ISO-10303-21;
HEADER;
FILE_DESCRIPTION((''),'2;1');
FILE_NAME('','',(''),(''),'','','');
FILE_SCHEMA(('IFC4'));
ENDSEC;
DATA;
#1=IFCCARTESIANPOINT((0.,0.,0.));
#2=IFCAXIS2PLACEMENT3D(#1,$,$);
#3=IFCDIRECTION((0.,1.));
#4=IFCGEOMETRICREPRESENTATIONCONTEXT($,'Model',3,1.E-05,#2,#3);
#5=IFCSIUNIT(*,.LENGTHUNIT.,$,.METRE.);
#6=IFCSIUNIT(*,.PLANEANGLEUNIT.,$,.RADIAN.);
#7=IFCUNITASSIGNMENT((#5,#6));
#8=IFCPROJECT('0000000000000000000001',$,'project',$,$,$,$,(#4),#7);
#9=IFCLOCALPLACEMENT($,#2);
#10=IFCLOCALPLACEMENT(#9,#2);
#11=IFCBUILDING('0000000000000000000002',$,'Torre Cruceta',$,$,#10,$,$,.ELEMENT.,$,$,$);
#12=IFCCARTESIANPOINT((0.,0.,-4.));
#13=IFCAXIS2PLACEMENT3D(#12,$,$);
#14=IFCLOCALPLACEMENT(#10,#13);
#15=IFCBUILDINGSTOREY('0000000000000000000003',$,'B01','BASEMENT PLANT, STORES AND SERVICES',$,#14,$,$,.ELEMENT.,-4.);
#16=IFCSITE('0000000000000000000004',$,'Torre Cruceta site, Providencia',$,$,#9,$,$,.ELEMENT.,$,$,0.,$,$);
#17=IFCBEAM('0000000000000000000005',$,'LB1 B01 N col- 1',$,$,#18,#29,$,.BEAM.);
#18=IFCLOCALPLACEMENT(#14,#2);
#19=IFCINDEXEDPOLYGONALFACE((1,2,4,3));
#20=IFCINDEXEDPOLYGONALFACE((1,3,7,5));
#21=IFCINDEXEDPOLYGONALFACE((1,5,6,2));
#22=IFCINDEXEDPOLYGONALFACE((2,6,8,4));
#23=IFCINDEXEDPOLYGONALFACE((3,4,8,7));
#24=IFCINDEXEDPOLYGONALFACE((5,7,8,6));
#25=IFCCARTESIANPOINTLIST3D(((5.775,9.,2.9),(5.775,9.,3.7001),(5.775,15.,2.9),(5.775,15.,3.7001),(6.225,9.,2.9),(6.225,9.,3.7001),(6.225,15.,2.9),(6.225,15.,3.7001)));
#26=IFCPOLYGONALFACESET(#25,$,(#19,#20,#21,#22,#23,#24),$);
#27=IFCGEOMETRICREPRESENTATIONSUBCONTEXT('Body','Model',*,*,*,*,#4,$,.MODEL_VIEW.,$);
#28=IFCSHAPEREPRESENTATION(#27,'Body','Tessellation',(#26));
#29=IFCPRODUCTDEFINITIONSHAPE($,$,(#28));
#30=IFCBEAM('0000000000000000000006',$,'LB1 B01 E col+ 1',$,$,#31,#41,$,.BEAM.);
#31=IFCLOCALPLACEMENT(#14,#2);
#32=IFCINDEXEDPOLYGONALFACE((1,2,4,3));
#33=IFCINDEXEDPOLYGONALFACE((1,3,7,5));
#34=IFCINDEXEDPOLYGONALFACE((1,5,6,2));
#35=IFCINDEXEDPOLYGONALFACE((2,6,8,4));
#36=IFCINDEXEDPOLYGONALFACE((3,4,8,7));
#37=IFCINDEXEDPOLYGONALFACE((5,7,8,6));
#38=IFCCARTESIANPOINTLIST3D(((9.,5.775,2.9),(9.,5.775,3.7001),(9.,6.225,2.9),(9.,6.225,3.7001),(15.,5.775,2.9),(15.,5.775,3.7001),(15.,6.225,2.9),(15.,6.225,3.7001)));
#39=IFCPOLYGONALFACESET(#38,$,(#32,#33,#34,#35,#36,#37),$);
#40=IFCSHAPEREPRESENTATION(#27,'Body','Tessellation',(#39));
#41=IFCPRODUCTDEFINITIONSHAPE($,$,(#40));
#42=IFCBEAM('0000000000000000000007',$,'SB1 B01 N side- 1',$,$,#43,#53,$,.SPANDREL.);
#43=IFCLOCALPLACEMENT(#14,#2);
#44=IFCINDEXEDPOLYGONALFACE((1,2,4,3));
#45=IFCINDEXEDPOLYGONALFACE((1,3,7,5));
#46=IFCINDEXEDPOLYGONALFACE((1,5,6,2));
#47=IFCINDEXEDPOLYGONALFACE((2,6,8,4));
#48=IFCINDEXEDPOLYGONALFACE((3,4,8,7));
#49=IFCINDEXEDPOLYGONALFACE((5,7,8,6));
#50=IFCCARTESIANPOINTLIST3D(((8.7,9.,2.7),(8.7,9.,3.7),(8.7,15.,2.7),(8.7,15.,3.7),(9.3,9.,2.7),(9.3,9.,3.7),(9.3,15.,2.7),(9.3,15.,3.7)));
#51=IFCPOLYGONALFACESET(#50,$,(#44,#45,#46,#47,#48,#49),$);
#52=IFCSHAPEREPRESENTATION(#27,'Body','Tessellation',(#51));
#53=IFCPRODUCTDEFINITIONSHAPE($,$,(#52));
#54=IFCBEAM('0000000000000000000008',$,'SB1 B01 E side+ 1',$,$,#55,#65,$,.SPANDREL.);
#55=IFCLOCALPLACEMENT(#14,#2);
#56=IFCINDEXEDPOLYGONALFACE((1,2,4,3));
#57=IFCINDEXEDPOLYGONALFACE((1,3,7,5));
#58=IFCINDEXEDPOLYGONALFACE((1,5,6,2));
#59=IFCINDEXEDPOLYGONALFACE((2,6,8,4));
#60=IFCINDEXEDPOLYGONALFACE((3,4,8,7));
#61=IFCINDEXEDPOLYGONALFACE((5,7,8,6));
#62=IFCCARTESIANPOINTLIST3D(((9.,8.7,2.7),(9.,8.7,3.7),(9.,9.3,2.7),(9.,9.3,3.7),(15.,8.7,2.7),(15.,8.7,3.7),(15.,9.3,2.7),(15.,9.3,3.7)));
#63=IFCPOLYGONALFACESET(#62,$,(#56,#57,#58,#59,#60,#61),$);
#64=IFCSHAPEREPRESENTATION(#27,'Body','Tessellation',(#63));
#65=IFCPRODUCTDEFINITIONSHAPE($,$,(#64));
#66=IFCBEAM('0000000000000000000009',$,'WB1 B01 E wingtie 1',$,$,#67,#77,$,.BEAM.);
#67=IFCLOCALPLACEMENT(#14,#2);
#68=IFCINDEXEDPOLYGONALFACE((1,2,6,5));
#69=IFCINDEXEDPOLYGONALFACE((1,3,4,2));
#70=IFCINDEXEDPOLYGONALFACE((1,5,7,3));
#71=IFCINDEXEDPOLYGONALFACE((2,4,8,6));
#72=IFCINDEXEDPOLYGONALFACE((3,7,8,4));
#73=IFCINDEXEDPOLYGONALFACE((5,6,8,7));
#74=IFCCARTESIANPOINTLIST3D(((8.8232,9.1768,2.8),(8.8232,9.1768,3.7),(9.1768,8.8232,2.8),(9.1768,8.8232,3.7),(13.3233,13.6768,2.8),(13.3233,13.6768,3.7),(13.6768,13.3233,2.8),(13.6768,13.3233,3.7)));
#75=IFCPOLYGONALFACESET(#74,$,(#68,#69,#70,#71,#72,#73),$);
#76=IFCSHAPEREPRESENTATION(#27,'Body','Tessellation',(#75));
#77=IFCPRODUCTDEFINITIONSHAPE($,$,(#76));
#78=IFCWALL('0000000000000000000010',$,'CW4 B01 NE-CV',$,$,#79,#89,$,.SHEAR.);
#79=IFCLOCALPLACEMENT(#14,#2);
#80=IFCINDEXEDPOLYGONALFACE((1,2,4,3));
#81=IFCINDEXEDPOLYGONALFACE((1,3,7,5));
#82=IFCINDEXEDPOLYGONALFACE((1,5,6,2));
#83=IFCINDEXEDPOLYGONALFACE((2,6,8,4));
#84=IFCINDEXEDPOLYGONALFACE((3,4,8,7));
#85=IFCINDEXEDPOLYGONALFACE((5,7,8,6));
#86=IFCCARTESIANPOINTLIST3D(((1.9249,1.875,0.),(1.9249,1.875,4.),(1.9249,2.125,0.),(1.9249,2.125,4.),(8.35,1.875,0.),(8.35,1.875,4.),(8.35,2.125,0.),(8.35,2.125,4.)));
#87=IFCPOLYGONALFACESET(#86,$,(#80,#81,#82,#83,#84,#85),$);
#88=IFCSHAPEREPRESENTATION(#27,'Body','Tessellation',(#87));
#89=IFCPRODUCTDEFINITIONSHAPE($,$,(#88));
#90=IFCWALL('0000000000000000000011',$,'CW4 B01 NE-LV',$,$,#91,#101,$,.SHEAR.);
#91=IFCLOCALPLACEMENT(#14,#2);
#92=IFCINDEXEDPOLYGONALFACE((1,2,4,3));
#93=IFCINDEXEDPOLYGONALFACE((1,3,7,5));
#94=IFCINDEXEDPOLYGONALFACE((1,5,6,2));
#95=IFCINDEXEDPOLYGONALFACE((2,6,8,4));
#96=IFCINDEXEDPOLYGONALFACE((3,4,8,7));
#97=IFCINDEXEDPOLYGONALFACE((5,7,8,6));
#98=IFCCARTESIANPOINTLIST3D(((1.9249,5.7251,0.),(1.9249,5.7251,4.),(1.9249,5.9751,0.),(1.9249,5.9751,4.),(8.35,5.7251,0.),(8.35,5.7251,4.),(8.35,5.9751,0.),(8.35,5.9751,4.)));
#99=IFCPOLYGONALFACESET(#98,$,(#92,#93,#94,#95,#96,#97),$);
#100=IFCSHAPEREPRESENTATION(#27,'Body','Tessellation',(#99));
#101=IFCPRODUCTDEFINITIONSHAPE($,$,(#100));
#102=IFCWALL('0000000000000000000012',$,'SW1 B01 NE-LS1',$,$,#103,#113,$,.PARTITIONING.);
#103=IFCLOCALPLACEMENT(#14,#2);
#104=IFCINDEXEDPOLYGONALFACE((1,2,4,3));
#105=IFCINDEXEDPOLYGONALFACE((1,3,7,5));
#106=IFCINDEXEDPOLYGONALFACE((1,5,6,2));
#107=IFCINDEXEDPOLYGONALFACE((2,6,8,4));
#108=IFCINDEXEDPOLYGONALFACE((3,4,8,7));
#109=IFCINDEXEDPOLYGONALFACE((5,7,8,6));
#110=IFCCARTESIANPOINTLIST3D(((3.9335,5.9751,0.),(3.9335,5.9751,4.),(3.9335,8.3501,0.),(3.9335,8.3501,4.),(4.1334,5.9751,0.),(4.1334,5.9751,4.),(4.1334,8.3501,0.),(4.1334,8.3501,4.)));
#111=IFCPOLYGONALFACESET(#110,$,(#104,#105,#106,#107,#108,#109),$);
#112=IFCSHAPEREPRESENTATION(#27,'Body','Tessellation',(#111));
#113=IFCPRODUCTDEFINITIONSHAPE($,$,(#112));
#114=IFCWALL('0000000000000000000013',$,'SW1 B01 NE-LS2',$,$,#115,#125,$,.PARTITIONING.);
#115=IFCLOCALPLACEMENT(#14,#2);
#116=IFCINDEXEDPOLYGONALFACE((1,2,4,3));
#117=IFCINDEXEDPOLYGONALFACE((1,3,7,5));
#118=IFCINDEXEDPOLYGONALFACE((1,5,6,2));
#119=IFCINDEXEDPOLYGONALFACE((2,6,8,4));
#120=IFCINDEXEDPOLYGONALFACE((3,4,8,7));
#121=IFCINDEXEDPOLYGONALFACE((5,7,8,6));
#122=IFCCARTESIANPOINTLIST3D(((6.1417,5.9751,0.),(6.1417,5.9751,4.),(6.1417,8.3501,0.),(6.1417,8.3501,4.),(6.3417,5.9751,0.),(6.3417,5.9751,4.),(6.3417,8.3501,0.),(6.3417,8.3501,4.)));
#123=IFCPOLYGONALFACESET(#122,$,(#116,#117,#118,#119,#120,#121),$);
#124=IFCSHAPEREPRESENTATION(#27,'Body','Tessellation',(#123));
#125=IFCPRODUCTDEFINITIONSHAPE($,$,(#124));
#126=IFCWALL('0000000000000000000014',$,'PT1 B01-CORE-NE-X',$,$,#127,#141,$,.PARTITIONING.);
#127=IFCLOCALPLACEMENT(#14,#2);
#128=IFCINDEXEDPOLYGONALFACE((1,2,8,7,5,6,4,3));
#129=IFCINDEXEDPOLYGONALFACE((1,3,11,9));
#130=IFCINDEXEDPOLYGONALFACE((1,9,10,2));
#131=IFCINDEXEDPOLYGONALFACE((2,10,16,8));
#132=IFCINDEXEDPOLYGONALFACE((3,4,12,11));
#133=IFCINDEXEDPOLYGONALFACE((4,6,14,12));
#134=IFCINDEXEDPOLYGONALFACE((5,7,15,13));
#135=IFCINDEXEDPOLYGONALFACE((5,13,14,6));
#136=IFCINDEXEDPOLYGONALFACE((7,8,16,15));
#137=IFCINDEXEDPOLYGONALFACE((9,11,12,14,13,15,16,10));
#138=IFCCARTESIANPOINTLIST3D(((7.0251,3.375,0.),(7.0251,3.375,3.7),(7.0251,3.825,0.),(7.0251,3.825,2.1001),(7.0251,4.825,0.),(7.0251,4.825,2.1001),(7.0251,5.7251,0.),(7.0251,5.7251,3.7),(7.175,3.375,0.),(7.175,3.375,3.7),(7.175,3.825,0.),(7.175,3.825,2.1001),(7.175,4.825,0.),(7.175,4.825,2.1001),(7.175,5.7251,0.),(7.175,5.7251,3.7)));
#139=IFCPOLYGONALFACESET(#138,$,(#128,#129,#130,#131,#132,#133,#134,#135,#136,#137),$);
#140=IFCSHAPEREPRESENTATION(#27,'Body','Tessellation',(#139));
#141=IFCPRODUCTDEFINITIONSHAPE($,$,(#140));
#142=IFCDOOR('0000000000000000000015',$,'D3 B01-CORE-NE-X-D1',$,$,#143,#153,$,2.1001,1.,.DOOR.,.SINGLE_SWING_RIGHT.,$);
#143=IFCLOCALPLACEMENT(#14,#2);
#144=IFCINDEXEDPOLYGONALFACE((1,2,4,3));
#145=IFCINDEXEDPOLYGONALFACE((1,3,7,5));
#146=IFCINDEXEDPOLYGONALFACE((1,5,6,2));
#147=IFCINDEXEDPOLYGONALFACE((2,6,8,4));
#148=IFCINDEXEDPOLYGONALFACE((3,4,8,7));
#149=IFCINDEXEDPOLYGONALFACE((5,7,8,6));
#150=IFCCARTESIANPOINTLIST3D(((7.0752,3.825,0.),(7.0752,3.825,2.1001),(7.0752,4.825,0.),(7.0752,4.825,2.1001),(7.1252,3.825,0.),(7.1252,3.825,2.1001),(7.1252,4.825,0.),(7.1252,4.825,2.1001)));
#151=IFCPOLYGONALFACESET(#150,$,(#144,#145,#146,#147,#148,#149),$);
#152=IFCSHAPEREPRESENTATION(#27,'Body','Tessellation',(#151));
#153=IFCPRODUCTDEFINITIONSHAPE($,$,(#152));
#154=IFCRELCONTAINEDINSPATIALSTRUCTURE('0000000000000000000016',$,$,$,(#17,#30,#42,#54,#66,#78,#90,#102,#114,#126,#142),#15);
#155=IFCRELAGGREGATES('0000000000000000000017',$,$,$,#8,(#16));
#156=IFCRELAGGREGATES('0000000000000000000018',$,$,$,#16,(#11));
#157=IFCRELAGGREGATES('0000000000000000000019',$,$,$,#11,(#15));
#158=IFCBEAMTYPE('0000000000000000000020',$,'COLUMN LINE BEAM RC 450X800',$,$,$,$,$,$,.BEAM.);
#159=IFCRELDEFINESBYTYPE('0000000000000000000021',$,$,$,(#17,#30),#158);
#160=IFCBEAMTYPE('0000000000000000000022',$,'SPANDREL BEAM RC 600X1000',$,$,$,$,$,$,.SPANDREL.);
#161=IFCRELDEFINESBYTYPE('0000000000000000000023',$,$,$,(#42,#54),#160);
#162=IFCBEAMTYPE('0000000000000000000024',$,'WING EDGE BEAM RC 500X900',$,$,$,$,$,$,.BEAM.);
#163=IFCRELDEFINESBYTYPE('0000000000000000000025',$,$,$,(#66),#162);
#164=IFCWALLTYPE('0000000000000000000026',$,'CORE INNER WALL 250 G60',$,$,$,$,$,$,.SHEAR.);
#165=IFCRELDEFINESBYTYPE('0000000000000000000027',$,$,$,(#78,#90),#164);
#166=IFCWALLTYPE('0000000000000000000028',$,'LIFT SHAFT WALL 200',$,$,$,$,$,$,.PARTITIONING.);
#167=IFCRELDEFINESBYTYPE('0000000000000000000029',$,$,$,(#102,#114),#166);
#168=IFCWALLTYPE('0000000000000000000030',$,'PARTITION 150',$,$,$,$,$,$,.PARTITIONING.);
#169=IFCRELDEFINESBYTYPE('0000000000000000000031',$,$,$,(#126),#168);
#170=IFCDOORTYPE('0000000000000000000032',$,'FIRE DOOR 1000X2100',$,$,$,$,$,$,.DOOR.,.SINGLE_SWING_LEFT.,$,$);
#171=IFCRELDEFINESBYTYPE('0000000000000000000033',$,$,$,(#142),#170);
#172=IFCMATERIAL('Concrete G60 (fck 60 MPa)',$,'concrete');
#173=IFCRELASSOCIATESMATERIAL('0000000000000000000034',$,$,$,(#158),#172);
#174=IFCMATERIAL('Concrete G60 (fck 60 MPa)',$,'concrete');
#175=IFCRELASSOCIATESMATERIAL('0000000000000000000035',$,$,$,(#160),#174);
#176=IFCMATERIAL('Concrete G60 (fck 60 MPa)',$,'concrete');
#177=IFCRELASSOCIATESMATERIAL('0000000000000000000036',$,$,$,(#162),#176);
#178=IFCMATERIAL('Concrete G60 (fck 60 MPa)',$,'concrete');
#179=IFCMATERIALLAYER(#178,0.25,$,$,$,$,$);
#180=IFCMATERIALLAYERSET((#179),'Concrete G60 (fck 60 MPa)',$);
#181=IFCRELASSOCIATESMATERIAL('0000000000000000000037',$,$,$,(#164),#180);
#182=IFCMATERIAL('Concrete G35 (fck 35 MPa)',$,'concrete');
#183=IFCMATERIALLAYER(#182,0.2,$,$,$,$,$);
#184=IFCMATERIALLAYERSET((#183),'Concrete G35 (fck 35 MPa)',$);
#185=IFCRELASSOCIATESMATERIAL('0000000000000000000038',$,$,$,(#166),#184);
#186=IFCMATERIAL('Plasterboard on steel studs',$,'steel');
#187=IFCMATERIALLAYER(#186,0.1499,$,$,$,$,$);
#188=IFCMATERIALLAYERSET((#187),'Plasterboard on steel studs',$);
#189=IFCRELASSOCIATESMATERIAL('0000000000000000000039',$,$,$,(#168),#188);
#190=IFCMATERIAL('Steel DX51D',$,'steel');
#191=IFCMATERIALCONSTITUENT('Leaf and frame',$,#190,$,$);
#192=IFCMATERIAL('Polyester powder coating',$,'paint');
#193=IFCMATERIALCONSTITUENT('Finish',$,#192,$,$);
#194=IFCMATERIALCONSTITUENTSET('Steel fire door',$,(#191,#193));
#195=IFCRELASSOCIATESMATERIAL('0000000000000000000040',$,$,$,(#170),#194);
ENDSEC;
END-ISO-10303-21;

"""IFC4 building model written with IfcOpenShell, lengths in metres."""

from ifc_helpers import new_model, si_unit, direction, frame, frame_2d, origin, origin_2d, place, context, subcontext, project, spatial, rectangle, extrude, material, layer, layer_set, constituent, constituent_set, material_profile, profile_set, type_object, element, fill, save


model = new_model("IFC4")

# Units and contexts
model_context = context("Model", 3, precision=1e-05, world=origin(), true_north=direction((0.0, 1.0)))
body_context = subcontext(model_context, "Body", "Model", "MODEL_VIEW")
ifc_project = project(units=[si_unit("LENGTHUNIT", "METRE"), si_unit("PLANEANGLEUNIT", "RADIAN")], contexts=[model_context])

# Site, building, storey
site_placement = place(None, origin())
site = spatial("IfcSite", under=ifc_project, at=site_placement, Name="Torre Cruceta site, Providencia", CompositionType="ELEMENT", RefElevation=0.0)
building_placement = place(site_placement, origin())
building = spatial("IfcBuilding", under=site, at=building_placement, Name="Torre Cruceta", CompositionType="ELEMENT")
storey_placement = place(building_placement, frame((0.0, 0.0, -4.0)))
storey = spatial("IfcBuildingStorey", under=building, at=storey_placement, Name="B01", Description="BASEMENT PLANT, STORES AND SERVICES", CompositionType="ELEMENT", Elevation=-4.0)

# Beams
ifc_material_1 = material(Name="Concrete G60 (fck 60 MPa)", Category="concrete")
ifc_material_profile_1 = material_profile(ifc_material_1, rectangle(XDim=0.45, YDim=0.8, at=origin_2d()), Name="RC 450X800")
ifc_profile_set_1 = profile_set([ifc_material_profile_1], Name="Concrete G60 (fck 60 MPa)")
beam_type_1 = type_object("IfcBeamType", Name="COLUMN LINE BEAM RC 450X800", PredefinedType="BEAM", material=ifc_profile_set_1)
for number, where, z_axis, x_axis, name in (
    (1, (6.0, 9.0, 3.3), (0.0, 1.0, 0.0), (-1.0, 0.0, 0.0), "LB1 B01 N col- 1"),
    (2, (9.0, 6.0, 3.3), (1.0, 0.0, 0.0), (0.0, 1.0, 0.0), "LB1 B01 E col+ 1"),
):
    element("IfcBeam", number, at=place(storey_placement, frame(where, z_axis=z_axis, x_axis=x_axis)), inside=storey, type_object=beam_type_1, Name=name, PredefinedType="BEAM", context=body_context, shape_type="SweptSolid", body=[
        extrude(rectangle(XDim=0.45, YDim=0.8, at=origin_2d()), origin(), (0.0, 0.0, 1.0), 6.0),
    ])
ifc_material_2 = material(Name="Concrete G60 (fck 60 MPa)", Category="concrete")
ifc_material_profile_2 = material_profile(ifc_material_2, rectangle(XDim=0.6001, YDim=1.0, at=origin_2d()), Name="RC 600X1000")
ifc_profile_set_2 = profile_set([ifc_material_profile_2], Name="Concrete G60 (fck 60 MPa)")
beam_type_2 = type_object("IfcBeamType", Name="SPANDREL BEAM RC 600X1000", PredefinedType="SPANDREL", material=ifc_profile_set_2)
for number, where, z_axis, x_axis, name in (
    (3, (9.0, 9.0, 3.2), (0.0, 1.0, 0.0), (-1.0, 0.0, 0.0), "SB1 B01 N side- 1"),
    (4, (9.0, 9.0, 3.2), (1.0, 0.0, 0.0), (0.0, 1.0, 0.0), "SB1 B01 E side+ 1"),
):
    element("IfcBeam", number, at=place(storey_placement, frame(where, z_axis=z_axis, x_axis=x_axis)), inside=storey, type_object=beam_type_2, Name=name, PredefinedType="SPANDREL", context=body_context, shape_type="SweptSolid", body=[
        extrude(rectangle(XDim=0.6001, YDim=1.0, at=origin_2d()), origin(), (0.0, 0.0, 1.0), 6.0),
    ])
ifc_material_3 = material(Name="Concrete G60 (fck 60 MPa)", Category="concrete")
ifc_material_profile_3 = material_profile(ifc_material_3, rectangle(XDim=0.5, YDim=0.8999, at=origin_2d()), Name="RC 500X900")
ifc_profile_set_3 = profile_set([ifc_material_profile_3], Name="Concrete G60 (fck 60 MPa)")
beam_type_3 = type_object("IfcBeamType", Name="WING EDGE BEAM RC 500X900", PredefinedType="BEAM", material=ifc_profile_set_3)
beam_placement = place(storey_placement, frame((9.0, 9.0, 3.25), z_axis=(0.707107, 0.707107, 0.0), x_axis=(-0.707107, 0.707107, 0.0)))
element("IfcBeam", 5, at=beam_placement, inside=storey, type_object=beam_type_3, Name="WB1 B01 E wingtie 1", PredefinedType="BEAM", context=body_context, shape_type="SweptSolid", body=[
    extrude(rectangle(XDim=0.5, YDim=0.8999, at=origin_2d()), origin(), (0.0, 0.0, 1.0), 6.364),
])

# Shared definitions
ifc_material_4 = material(Name="Concrete G60 (fck 60 MPa)", Category="concrete")
ifc_layer_1 = layer(ifc_material_4, 0.25)
ifc_layer_set_1 = layer_set([ifc_layer_1], Name="Concrete G60 (fck 60 MPa)")
wall_type_1 = type_object("IfcWallType", Name="CORE INNER WALL 250 G60", PredefinedType="SHEAR", material=ifc_layer_set_1)

# Walls
for number, where, z_axis, x_axis, name in (
    (6, (1.925, 2.0, 0.0), (0.0, 0.0, 1.0), (1.0, 0.0, 0.0), "CW4 B01 NE-CV"),
    (7, (1.925, 5.8501, 0.0), (0.0, 0.0, 1.0), (1.0, 0.0, 0.0), "CW4 B01 NE-LV"),
):
    element("IfcWall", number, at=place(storey_placement, frame(where, z_axis=z_axis, x_axis=x_axis)), inside=storey, type_object=wall_type_1, Name=name, PredefinedType="SHEAR", context=body_context, shape_type="SweptSolid", body=[
        extrude(rectangle(XDim=6.425, YDim=0.25, at=frame_2d((3.2124, 0.0))), origin(), (0.0, 0.0, 1.0), 4.0),
    ])

# Walls
ifc_material_5 = material(Name="Concrete G35 (fck 35 MPa)", Category="concrete")
ifc_layer_2 = layer(ifc_material_5, 0.2)
ifc_layer_set_2 = layer_set([ifc_layer_2], Name="Concrete G35 (fck 35 MPa)")
wall_type_2 = type_object("IfcWallType", Name="LIFT SHAFT WALL 200", PredefinedType="PARTITIONING", material=ifc_layer_set_2)
for number, where, z_axis, x_axis, name in (
    (8, (4.0334, 5.9751, 0.0), (0.0, 0.0, 1.0), (0.0, 1.0, 0.0), "SW1 B01 NE-LS1"),
    (9, (6.2417, 5.9751, 0.0), (0.0, 0.0, 1.0), (0.0, 1.0, 0.0), "SW1 B01 NE-LS2"),
):
    element("IfcWall", number, at=place(storey_placement, frame(where, z_axis=z_axis, x_axis=x_axis)), inside=storey, type_object=wall_type_2, Name=name, PredefinedType="PARTITIONING", context=body_context, shape_type="SweptSolid", body=[
        extrude(rectangle(XDim=2.375, YDim=0.2, at=frame_2d((1.1875, 0.0))), origin(), (0.0, 0.0, 1.0), 4.0),
    ])

# Wall, opening, door
ifc_material_6 = material(Name="Plasterboard on steel studs", Category="steel")
ifc_layer_3 = layer(ifc_material_6, 0.1499)
ifc_layer_set_3 = layer_set([ifc_layer_3], Name="Plasterboard on steel studs")
wall_type_3 = type_object("IfcWallType", Name="PARTITION 150", PredefinedType="PARTITIONING", material=ifc_layer_set_3)
wall_1_placement = place(storey_placement, frame((7.1001, 3.375, 0.0), z_axis=(0.0, 0.0, 1.0), x_axis=(0.0, 1.0, 0.0)))
wall_1 = element("IfcWall", 10, at=wall_1_placement, inside=storey, type_object=wall_type_3, Name="PT1 B01-CORE-NE-X", PredefinedType="PARTITIONING", context=body_context, shape_type="SweptSolid", body=[
    extrude(rectangle(XDim=2.3501, YDim=0.1499, at=frame_2d((1.175, 0.0))), origin(), (0.0, 0.0, 1.0), 3.7),
])
opening_1_placement = place(wall_1_placement, frame((0.45, 0.0, 0.0)))
opening_1 = element("IfcOpeningElement", 11, at=opening_1_placement, cuts=wall_1, PredefinedType="OPENING", context=body_context, shape_type="SweptSolid", body=[
    extrude(rectangle(XDim=1.0, YDim=2.1001, at=frame_2d((0.5, 1.05))), frame((0.0, 0.085, 0.0), z_axis=(0.0, -1.0, 0.0), x_axis=(1.0, 0.0, 0.0)), (0.0, 0.0, 1.0), 0.1699),
])
ifc_material_7 = material(Name="Steel DX51D", Category="steel")
ifc_constituent_1 = constituent(ifc_material_7, Name="Leaf and frame")
ifc_material_8 = material(Name="Polyester powder coating", Category="paint")
ifc_constituent_2 = constituent(ifc_material_8, Name="Finish")
ifc_constituent_set_1 = constituent_set(constituents=[ifc_constituent_1, ifc_constituent_2], Name="Steel fire door")
door_type_1 = type_object("IfcDoorType", Name="FIRE DOOR 1000X2100", OperationType="SINGLE_SWING_LEFT", PredefinedType="DOOR", material=ifc_constituent_set_1)
door_1_placement = place(opening_1_placement, frame((1.0, 0.0, 0.0), z_axis=(0.0, 0.0, 1.0), x_axis=(-1.0, 0.0, 0.0)))
door_1 = element("IfcDoor", 12, at=door_1_placement, inside=storey, type_object=door_type_1, Name="D3 B01-CORE-NE-X-D1", OperationType="SINGLE_SWING_RIGHT", OverallHeight=2.1001, OverallWidth=1.0, PredefinedType="DOOR", context=body_context, shape_type="SweptSolid", body=[
    extrude(rectangle(XDim=1.0, YDim=2.1001, at=frame_2d((0.5, 1.05))), frame((0.0, 0.0251, 0.0), z_axis=(0.0, -1.0, 0.0), x_axis=(1.0, 0.0, 0.0)), (0.0, 0.0, 1.0), 0.05),
])
fill(opening_1, door_1)

save(model, "model.ifc")
